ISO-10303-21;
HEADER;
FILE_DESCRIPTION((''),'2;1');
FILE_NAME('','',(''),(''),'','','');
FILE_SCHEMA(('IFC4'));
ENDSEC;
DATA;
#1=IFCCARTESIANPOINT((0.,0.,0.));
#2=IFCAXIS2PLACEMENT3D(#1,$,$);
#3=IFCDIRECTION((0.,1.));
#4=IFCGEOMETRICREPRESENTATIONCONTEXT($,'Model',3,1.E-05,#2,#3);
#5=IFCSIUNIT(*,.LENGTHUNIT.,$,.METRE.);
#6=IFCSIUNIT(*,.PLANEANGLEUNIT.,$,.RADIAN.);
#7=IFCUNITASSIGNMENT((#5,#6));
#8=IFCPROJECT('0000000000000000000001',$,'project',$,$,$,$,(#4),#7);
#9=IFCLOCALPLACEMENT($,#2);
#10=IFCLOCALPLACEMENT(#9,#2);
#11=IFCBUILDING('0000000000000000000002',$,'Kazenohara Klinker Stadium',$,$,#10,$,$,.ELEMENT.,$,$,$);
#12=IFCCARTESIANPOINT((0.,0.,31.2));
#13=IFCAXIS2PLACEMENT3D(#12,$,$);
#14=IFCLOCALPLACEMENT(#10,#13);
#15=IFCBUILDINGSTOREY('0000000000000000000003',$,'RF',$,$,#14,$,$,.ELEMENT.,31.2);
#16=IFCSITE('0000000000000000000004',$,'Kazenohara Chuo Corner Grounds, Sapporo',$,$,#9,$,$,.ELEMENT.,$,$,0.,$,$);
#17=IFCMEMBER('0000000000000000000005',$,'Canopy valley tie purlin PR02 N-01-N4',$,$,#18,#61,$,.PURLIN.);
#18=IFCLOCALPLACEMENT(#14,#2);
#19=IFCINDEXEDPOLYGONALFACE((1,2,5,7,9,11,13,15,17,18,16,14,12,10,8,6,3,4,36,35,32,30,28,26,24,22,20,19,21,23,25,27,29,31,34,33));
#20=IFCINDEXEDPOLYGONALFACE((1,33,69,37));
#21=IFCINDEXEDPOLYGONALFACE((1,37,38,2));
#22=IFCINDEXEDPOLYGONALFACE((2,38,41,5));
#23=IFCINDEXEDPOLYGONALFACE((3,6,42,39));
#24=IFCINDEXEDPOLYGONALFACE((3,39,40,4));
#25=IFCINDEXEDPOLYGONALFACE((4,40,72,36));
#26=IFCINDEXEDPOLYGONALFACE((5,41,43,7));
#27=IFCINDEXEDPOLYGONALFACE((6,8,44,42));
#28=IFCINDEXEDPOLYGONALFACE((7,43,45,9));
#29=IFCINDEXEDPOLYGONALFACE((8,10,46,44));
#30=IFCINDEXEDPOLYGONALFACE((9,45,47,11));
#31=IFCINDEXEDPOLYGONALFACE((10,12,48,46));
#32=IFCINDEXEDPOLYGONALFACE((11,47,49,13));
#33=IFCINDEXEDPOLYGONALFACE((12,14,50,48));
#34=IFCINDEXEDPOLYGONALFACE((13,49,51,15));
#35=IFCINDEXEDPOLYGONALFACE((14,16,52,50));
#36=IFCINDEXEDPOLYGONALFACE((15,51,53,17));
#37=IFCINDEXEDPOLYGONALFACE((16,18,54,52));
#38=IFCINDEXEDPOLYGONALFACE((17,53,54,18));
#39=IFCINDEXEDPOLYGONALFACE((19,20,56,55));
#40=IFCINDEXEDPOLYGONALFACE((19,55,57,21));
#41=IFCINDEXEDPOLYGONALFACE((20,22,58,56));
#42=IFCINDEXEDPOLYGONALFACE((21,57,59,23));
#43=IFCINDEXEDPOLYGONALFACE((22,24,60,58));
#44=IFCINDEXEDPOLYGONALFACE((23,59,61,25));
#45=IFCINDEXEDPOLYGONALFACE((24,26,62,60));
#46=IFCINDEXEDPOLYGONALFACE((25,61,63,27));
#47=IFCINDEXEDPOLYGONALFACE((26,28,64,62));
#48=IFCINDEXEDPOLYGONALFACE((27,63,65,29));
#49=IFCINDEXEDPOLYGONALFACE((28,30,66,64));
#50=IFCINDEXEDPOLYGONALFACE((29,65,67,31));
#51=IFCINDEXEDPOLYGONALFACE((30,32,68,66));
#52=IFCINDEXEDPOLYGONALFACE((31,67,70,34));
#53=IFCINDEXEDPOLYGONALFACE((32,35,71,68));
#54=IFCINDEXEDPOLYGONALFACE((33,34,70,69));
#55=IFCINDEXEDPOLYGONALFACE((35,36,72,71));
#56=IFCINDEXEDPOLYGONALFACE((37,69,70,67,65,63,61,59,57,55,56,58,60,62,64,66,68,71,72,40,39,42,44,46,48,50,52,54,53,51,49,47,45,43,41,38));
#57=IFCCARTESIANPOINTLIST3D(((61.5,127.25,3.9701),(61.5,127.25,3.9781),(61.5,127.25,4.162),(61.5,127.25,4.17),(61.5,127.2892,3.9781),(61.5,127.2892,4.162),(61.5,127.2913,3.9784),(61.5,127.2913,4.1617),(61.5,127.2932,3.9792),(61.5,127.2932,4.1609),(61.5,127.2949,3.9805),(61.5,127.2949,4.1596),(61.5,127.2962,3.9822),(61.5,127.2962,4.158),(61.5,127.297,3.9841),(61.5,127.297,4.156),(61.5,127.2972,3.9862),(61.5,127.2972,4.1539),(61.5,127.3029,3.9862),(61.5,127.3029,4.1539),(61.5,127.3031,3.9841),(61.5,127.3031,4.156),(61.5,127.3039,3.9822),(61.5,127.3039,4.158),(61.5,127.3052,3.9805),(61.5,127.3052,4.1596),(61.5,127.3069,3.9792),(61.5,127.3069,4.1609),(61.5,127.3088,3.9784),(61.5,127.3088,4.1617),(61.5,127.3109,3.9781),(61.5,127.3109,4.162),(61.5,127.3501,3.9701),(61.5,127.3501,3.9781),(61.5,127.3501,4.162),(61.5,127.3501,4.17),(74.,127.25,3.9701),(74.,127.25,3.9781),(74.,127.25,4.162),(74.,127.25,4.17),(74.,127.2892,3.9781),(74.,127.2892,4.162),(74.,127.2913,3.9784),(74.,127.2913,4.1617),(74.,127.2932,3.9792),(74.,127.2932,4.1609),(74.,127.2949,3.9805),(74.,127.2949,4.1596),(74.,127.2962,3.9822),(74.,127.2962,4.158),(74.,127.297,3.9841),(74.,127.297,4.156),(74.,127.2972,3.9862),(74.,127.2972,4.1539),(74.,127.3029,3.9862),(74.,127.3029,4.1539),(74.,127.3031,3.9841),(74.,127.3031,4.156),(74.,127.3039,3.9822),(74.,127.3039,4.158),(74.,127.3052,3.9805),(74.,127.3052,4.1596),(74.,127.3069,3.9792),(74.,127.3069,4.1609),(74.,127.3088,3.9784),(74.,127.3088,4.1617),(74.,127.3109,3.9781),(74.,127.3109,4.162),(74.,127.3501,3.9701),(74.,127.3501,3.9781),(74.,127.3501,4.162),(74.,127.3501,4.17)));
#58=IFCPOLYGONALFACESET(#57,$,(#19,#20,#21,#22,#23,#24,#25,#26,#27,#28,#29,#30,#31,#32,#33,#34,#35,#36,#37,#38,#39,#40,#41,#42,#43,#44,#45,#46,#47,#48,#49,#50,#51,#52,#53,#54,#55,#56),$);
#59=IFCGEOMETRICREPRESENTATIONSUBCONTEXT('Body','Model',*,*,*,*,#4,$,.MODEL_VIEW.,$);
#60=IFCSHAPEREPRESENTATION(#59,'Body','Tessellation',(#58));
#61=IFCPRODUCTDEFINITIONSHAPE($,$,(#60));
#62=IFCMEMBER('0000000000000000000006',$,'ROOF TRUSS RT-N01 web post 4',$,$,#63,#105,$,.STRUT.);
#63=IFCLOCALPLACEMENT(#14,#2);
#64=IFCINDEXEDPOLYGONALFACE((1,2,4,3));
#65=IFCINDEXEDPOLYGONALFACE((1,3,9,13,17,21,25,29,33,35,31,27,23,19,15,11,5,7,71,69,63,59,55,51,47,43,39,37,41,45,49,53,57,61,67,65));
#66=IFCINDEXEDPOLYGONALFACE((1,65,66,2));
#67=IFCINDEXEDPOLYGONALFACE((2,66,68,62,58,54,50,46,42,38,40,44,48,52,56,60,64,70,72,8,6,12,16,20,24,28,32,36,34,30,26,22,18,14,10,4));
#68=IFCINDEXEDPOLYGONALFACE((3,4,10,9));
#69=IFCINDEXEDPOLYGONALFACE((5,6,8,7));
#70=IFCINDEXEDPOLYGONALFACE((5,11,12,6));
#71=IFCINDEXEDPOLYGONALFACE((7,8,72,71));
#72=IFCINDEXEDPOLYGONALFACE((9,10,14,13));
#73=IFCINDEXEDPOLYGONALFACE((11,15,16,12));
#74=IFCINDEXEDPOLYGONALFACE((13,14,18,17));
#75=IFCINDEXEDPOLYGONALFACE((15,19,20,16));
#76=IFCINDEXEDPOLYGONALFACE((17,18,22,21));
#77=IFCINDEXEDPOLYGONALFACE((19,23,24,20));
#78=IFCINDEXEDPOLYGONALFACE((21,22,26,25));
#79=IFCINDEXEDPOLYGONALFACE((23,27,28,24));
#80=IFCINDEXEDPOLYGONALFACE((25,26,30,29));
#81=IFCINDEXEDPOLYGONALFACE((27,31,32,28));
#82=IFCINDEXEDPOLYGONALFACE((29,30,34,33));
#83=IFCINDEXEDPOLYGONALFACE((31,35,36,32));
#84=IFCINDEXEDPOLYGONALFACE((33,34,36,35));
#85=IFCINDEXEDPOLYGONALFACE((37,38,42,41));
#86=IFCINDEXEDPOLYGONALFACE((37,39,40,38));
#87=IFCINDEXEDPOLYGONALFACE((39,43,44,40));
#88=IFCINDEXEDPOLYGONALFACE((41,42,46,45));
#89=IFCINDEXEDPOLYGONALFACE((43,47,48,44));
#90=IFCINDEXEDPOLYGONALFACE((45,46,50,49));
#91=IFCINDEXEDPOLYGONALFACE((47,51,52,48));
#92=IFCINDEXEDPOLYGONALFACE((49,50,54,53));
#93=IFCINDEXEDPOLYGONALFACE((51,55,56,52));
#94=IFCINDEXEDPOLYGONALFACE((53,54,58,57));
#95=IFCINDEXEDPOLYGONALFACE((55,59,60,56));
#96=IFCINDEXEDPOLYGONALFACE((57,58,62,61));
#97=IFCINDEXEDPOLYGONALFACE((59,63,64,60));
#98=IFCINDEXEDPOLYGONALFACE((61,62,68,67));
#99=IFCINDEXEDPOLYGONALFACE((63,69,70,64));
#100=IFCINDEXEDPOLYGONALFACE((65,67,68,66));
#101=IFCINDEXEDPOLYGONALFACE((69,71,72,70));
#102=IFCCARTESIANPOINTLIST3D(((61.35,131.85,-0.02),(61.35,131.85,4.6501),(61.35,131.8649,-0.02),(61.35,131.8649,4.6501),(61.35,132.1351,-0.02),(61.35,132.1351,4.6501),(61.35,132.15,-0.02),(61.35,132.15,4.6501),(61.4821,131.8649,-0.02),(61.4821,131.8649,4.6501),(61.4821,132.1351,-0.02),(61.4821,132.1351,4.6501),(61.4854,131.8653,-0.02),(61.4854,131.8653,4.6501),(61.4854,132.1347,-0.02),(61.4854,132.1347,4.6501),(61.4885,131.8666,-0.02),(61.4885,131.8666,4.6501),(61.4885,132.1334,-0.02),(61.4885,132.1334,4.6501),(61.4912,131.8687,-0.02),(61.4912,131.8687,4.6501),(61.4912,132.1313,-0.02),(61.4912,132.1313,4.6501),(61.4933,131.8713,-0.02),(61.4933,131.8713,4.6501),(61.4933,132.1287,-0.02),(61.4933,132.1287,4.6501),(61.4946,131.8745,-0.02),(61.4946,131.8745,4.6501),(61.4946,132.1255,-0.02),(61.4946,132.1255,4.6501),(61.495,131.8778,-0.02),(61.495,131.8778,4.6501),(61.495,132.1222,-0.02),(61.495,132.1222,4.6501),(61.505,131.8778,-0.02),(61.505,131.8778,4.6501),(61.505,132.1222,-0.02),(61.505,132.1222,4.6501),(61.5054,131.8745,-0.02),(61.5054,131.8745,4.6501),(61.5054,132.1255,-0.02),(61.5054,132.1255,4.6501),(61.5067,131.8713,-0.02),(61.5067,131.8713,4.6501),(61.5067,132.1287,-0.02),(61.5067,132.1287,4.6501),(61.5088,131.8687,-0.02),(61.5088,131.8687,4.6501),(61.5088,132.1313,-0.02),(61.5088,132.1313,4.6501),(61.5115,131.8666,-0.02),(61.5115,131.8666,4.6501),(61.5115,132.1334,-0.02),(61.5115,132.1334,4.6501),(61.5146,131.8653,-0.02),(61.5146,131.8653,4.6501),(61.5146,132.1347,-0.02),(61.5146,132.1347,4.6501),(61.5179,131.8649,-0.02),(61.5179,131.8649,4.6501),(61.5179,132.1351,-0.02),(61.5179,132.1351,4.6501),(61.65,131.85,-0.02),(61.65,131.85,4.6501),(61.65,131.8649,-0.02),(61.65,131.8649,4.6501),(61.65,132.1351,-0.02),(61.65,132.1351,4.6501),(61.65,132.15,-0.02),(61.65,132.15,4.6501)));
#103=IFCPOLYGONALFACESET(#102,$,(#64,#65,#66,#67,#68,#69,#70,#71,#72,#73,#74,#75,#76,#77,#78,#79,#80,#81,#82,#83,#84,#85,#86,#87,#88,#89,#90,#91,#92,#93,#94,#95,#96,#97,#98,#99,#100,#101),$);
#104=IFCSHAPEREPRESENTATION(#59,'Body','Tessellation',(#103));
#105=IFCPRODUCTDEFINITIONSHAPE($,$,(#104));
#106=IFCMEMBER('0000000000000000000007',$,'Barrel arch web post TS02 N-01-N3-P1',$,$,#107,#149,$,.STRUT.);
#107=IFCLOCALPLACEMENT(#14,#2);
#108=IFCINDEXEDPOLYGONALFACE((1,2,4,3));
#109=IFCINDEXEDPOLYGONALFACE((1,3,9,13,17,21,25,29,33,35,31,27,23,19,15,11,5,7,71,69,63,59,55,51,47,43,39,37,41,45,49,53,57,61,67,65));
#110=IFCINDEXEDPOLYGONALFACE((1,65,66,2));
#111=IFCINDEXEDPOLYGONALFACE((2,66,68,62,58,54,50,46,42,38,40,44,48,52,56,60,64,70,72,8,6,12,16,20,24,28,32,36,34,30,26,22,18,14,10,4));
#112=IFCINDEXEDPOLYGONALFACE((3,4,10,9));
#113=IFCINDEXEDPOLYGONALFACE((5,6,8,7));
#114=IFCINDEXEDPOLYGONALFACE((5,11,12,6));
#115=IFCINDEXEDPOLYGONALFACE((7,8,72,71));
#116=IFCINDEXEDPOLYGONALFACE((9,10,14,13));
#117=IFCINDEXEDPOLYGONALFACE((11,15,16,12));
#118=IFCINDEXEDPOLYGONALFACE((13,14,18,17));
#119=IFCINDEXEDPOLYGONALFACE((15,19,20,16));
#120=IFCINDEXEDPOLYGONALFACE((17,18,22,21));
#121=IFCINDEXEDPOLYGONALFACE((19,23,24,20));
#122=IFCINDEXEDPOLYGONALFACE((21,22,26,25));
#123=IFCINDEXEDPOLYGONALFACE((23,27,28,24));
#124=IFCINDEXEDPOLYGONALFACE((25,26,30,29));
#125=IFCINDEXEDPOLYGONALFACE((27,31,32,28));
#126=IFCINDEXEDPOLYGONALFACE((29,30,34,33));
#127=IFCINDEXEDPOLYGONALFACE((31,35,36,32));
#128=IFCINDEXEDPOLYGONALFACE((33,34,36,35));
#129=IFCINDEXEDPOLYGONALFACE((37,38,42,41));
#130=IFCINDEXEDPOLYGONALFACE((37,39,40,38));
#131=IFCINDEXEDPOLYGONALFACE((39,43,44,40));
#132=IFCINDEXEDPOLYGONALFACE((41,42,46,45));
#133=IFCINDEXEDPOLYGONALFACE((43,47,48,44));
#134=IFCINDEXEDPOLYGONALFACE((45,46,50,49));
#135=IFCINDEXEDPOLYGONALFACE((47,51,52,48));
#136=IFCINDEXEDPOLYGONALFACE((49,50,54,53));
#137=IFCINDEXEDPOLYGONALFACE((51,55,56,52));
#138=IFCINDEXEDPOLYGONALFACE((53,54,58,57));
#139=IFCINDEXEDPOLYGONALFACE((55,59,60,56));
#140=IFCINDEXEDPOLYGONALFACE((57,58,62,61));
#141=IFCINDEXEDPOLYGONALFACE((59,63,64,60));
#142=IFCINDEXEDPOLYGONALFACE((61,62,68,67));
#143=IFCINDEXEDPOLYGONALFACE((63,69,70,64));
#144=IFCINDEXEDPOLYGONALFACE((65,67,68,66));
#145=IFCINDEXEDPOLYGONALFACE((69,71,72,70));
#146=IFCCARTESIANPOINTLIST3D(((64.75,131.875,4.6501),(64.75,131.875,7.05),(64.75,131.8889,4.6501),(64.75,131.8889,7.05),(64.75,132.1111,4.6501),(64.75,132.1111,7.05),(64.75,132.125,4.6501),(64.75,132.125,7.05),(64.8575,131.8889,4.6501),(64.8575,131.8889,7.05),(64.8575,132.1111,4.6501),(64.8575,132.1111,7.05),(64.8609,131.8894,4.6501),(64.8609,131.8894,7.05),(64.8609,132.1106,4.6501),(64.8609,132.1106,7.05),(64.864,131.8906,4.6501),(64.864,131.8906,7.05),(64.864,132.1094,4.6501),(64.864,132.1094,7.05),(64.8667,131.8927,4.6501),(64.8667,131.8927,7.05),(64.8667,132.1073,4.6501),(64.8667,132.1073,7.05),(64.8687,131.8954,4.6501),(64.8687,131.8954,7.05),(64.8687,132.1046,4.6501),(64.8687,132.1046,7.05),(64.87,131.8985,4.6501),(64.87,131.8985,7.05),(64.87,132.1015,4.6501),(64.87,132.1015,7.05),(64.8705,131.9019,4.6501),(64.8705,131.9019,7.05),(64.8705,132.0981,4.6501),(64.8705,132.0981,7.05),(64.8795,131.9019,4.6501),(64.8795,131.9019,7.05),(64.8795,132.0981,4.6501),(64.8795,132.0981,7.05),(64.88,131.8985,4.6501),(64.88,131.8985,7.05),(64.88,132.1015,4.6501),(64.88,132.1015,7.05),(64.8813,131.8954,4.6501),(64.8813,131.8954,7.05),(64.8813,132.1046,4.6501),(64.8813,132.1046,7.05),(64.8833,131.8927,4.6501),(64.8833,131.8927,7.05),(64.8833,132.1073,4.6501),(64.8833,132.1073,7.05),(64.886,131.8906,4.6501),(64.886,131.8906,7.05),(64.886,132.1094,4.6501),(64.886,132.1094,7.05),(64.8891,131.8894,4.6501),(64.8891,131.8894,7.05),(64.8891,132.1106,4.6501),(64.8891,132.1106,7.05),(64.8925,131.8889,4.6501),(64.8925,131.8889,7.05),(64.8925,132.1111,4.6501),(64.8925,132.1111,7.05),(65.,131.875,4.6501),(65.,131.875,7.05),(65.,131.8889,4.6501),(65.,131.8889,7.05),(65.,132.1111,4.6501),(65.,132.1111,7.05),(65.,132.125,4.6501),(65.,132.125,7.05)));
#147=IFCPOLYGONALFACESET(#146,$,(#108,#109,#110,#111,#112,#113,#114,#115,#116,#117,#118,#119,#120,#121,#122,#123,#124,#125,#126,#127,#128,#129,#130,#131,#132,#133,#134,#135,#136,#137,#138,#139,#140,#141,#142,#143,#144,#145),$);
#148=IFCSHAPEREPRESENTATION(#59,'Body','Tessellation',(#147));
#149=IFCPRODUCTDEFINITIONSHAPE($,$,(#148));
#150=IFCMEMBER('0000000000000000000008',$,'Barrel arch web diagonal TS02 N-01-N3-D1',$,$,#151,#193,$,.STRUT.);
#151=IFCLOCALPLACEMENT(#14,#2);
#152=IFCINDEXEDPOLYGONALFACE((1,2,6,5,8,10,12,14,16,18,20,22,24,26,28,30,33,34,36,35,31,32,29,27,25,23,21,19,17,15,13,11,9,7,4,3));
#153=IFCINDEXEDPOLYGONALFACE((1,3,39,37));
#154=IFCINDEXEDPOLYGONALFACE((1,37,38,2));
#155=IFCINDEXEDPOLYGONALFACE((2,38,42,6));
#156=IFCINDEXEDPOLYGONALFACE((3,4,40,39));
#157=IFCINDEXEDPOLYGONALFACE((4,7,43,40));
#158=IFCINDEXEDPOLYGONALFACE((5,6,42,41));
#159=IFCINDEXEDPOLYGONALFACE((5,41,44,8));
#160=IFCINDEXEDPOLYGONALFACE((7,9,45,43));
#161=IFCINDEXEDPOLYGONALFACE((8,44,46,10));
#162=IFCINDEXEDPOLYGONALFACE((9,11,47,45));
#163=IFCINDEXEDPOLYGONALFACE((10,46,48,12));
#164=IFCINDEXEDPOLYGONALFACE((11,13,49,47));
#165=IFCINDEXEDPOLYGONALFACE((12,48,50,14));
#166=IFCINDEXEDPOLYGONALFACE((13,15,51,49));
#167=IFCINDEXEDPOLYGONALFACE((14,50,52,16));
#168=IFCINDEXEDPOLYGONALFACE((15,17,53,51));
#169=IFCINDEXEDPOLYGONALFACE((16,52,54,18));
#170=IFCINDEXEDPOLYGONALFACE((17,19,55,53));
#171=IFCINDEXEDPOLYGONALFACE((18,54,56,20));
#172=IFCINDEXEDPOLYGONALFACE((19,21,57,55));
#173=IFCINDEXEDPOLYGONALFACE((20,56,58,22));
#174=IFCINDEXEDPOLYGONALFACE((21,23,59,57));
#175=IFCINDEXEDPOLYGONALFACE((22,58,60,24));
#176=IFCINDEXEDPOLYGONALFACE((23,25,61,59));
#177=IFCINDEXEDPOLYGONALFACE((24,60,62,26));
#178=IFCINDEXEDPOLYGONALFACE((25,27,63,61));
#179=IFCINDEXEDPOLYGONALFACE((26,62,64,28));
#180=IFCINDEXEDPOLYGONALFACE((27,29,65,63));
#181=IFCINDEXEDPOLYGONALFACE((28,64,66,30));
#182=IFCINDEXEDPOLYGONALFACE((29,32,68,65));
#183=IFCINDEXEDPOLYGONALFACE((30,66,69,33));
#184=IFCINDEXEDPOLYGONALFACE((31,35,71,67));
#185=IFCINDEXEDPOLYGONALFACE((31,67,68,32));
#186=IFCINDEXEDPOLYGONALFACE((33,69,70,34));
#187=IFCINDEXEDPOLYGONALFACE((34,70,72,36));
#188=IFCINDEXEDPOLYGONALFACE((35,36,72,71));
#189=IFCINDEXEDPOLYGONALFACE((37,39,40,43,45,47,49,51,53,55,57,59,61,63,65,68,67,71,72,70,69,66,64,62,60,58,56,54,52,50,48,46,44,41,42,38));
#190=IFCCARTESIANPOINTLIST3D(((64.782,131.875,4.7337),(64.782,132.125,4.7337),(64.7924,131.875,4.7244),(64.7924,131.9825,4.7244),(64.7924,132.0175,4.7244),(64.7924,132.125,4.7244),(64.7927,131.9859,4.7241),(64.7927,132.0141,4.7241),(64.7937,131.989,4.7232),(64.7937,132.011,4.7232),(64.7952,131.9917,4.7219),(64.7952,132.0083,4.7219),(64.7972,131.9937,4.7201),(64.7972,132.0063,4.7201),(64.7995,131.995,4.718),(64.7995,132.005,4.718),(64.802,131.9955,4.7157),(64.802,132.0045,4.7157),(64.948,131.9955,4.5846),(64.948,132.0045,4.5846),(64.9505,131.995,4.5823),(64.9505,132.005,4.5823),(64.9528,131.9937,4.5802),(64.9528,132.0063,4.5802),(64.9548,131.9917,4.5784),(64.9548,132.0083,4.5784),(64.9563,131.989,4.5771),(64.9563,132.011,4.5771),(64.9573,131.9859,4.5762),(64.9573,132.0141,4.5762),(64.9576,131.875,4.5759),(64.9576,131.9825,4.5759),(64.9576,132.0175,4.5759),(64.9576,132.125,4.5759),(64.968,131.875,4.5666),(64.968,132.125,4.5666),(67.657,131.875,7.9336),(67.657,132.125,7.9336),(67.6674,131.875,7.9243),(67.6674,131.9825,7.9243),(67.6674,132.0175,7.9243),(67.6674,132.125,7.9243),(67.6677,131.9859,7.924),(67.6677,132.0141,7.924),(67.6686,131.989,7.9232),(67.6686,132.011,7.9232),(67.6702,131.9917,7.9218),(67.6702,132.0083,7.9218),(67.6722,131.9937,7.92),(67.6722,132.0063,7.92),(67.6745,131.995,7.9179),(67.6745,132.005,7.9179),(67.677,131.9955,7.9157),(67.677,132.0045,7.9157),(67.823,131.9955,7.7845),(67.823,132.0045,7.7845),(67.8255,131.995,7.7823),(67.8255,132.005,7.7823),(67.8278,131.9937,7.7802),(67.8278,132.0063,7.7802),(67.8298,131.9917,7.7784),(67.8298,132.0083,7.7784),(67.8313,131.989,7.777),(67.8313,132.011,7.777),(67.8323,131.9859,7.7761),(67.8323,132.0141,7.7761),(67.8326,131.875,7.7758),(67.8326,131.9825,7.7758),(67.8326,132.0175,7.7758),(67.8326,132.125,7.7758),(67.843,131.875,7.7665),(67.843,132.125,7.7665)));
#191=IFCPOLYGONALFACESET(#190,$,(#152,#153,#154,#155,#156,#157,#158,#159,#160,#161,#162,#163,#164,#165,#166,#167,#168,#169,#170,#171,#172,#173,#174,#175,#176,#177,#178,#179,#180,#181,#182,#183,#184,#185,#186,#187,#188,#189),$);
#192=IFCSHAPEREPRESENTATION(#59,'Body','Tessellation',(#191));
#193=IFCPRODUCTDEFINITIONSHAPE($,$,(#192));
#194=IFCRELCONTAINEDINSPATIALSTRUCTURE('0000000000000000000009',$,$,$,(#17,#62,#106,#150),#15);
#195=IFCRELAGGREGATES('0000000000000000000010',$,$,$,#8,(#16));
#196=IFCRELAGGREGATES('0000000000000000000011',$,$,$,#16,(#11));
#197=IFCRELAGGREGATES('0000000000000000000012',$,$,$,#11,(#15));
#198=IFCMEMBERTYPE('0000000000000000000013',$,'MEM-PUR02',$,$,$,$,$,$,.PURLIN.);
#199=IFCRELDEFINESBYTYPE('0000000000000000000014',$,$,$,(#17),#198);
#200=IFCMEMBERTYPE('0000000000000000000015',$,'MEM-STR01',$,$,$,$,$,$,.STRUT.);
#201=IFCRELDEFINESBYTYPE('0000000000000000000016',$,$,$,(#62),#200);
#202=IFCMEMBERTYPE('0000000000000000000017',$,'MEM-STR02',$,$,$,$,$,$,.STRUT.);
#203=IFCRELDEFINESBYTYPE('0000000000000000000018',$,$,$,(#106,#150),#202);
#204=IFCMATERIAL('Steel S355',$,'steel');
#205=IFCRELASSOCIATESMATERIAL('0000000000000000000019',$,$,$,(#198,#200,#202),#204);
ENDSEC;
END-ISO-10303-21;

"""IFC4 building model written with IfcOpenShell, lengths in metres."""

from ifc_helpers import new_model, si_unit, direction, frame, origin, origin_2d, place, context, subcontext, project, spatial, i_section, extrude, material, material_profile, profile_set, type_object, element, save


model = new_model("IFC4")

# Units and contexts
model_context = context("Model", 3, precision=1e-05, world=origin(), true_north=direction((0.0, 1.0)))
body_context = subcontext(model_context, "Body", "Model", "MODEL_VIEW")
ifc_project = project(units=[si_unit("LENGTHUNIT", "METRE"), si_unit("PLANEANGLEUNIT", "RADIAN")], contexts=[model_context])

# Site, building, storey
site_placement = place(None, origin())
site = spatial("IfcSite", under=ifc_project, at=site_placement, Name="Kazenohara Chuo Corner Grounds, Sapporo", CompositionType="ELEMENT", RefElevation=0.0)
building_placement = place(site_placement, origin())
building = spatial("IfcBuilding", under=site, at=building_placement, Name="Kazenohara Klinker Stadium", CompositionType="ELEMENT")
storey_placement = place(building_placement, frame((0.0, 0.0, 31.2)))
storey = spatial("IfcBuildingStorey", under=building, at=storey_placement, Name="RF", CompositionType="ELEMENT", Elevation=31.2)

# Members
ifc_material_1 = material(Name="Steel S355", Category="steel")
ifc_material_profile_1 = material_profile(ifc_material_1, i_section(OverallWidth=0.1001, OverallDepth=0.2, WebThickness=0.0056, FlangeThickness=0.0081, FilletRadius=0.0081, at=origin_2d()), Name="H-200x100x5.5x8")
ifc_profile_set_1 = profile_set([ifc_material_profile_1], Name="Steel S355")
member_type_1 = type_object("IfcMemberType", Name="MEM-PUR02", PredefinedType="PURLIN", material=ifc_profile_set_1)
member_1_placement = place(storey_placement, frame((61.5, 127.3, 4.0701), z_axis=(1.0, 0.0, 0.0), x_axis=(0.0, 1.0, 0.0)))
element("IfcMember", 1, at=member_1_placement, inside=storey, type_object=member_type_1, Name="Canopy valley tie purlin PR02 N-01-N4", PredefinedType="PURLIN", context=body_context, shape_type="SweptSolid", body=[
    extrude(i_section(OverallWidth=0.1001, OverallDepth=0.2, WebThickness=0.0056, FlangeThickness=0.0081, FilletRadius=0.0081, at=origin_2d()), origin(), (0.0, 0.0, 1.0), 12.5),
])
ifc_material_profile_2 = material_profile(ifc_material_1, i_section(OverallWidth=0.3, OverallDepth=0.3, WebThickness=0.01, FlangeThickness=0.0149, FilletRadius=0.0129, at=origin_2d()), Name="H-300x300x10x15")
ifc_profile_set_2 = profile_set([ifc_material_profile_2], Name="Steel S355")
member_type_2 = type_object("IfcMemberType", Name="MEM-STR01", PredefinedType="STRUT", material=ifc_profile_set_2)
member_2_placement = place(storey_placement, frame((61.5, 132.0, -0.02), z_axis=(0.0, 0.0, 1.0), x_axis=(1.0, 0.0, 0.0)))
element("IfcMember", 2, at=member_2_placement, inside=storey, type_object=member_type_2, Name="ROOF TRUSS RT-N01 web post 4", PredefinedType="STRUT", context=body_context, shape_type="SweptSolid", body=[
    extrude(i_section(OverallWidth=0.3, OverallDepth=0.3, WebThickness=0.01, FlangeThickness=0.0149, FilletRadius=0.0129, at=origin_2d()), origin(), (0.0, 0.0, 1.0), 4.6702),
])
ifc_material_profile_3 = material_profile(ifc_material_1, i_section(OverallWidth=0.25, OverallDepth=0.25, WebThickness=0.009, FlangeThickness=0.0139, FilletRadius=0.0129, at=origin_2d()), Name="H-250x250x9x14")
ifc_profile_set_3 = profile_set([ifc_material_profile_3], Name="Steel S355")
member_type_3 = type_object("IfcMemberType", Name="MEM-STR02", PredefinedType="STRUT", material=ifc_profile_set_3)
member_3_placement = place(storey_placement, frame((64.875, 132.0, 4.6501), z_axis=(0.0, 0.0, 1.0), x_axis=(1.0, 0.0, 0.0)))
element("IfcMember", 3, at=member_3_placement, inside=storey, type_object=member_type_3, Name="Barrel arch web post TS02 N-01-N3-P1", PredefinedType="STRUT", context=body_context, shape_type="SweptSolid", body=[
    extrude(i_section(OverallWidth=0.25, OverallDepth=0.25, WebThickness=0.009, FlangeThickness=0.0139, FilletRadius=0.0129, at=origin_2d()), origin(), (0.0, 0.0, 1.0), 2.3999),
])
member_4_placement = place(storey_placement, frame((64.875, 132.0, 4.6501), z_axis=(0.668328, 0.0, 0.743867), x_axis=(0.0, 1.0, 0.0)))
element("IfcMember", 4, at=member_4_placement, inside=storey, type_object=member_type_3, Name="Barrel arch web diagonal TS02 N-01-N3-D1", PredefinedType="STRUT", context=body_context, shape_type="SweptSolid", body=[
    extrude(i_section(OverallWidth=0.25, OverallDepth=0.25, WebThickness=0.009, FlangeThickness=0.0139, FilletRadius=0.0129, at=origin_2d()), origin(), (0.0, 0.0, 1.0), 4.3018),
])

save(model, "model.ifc")
